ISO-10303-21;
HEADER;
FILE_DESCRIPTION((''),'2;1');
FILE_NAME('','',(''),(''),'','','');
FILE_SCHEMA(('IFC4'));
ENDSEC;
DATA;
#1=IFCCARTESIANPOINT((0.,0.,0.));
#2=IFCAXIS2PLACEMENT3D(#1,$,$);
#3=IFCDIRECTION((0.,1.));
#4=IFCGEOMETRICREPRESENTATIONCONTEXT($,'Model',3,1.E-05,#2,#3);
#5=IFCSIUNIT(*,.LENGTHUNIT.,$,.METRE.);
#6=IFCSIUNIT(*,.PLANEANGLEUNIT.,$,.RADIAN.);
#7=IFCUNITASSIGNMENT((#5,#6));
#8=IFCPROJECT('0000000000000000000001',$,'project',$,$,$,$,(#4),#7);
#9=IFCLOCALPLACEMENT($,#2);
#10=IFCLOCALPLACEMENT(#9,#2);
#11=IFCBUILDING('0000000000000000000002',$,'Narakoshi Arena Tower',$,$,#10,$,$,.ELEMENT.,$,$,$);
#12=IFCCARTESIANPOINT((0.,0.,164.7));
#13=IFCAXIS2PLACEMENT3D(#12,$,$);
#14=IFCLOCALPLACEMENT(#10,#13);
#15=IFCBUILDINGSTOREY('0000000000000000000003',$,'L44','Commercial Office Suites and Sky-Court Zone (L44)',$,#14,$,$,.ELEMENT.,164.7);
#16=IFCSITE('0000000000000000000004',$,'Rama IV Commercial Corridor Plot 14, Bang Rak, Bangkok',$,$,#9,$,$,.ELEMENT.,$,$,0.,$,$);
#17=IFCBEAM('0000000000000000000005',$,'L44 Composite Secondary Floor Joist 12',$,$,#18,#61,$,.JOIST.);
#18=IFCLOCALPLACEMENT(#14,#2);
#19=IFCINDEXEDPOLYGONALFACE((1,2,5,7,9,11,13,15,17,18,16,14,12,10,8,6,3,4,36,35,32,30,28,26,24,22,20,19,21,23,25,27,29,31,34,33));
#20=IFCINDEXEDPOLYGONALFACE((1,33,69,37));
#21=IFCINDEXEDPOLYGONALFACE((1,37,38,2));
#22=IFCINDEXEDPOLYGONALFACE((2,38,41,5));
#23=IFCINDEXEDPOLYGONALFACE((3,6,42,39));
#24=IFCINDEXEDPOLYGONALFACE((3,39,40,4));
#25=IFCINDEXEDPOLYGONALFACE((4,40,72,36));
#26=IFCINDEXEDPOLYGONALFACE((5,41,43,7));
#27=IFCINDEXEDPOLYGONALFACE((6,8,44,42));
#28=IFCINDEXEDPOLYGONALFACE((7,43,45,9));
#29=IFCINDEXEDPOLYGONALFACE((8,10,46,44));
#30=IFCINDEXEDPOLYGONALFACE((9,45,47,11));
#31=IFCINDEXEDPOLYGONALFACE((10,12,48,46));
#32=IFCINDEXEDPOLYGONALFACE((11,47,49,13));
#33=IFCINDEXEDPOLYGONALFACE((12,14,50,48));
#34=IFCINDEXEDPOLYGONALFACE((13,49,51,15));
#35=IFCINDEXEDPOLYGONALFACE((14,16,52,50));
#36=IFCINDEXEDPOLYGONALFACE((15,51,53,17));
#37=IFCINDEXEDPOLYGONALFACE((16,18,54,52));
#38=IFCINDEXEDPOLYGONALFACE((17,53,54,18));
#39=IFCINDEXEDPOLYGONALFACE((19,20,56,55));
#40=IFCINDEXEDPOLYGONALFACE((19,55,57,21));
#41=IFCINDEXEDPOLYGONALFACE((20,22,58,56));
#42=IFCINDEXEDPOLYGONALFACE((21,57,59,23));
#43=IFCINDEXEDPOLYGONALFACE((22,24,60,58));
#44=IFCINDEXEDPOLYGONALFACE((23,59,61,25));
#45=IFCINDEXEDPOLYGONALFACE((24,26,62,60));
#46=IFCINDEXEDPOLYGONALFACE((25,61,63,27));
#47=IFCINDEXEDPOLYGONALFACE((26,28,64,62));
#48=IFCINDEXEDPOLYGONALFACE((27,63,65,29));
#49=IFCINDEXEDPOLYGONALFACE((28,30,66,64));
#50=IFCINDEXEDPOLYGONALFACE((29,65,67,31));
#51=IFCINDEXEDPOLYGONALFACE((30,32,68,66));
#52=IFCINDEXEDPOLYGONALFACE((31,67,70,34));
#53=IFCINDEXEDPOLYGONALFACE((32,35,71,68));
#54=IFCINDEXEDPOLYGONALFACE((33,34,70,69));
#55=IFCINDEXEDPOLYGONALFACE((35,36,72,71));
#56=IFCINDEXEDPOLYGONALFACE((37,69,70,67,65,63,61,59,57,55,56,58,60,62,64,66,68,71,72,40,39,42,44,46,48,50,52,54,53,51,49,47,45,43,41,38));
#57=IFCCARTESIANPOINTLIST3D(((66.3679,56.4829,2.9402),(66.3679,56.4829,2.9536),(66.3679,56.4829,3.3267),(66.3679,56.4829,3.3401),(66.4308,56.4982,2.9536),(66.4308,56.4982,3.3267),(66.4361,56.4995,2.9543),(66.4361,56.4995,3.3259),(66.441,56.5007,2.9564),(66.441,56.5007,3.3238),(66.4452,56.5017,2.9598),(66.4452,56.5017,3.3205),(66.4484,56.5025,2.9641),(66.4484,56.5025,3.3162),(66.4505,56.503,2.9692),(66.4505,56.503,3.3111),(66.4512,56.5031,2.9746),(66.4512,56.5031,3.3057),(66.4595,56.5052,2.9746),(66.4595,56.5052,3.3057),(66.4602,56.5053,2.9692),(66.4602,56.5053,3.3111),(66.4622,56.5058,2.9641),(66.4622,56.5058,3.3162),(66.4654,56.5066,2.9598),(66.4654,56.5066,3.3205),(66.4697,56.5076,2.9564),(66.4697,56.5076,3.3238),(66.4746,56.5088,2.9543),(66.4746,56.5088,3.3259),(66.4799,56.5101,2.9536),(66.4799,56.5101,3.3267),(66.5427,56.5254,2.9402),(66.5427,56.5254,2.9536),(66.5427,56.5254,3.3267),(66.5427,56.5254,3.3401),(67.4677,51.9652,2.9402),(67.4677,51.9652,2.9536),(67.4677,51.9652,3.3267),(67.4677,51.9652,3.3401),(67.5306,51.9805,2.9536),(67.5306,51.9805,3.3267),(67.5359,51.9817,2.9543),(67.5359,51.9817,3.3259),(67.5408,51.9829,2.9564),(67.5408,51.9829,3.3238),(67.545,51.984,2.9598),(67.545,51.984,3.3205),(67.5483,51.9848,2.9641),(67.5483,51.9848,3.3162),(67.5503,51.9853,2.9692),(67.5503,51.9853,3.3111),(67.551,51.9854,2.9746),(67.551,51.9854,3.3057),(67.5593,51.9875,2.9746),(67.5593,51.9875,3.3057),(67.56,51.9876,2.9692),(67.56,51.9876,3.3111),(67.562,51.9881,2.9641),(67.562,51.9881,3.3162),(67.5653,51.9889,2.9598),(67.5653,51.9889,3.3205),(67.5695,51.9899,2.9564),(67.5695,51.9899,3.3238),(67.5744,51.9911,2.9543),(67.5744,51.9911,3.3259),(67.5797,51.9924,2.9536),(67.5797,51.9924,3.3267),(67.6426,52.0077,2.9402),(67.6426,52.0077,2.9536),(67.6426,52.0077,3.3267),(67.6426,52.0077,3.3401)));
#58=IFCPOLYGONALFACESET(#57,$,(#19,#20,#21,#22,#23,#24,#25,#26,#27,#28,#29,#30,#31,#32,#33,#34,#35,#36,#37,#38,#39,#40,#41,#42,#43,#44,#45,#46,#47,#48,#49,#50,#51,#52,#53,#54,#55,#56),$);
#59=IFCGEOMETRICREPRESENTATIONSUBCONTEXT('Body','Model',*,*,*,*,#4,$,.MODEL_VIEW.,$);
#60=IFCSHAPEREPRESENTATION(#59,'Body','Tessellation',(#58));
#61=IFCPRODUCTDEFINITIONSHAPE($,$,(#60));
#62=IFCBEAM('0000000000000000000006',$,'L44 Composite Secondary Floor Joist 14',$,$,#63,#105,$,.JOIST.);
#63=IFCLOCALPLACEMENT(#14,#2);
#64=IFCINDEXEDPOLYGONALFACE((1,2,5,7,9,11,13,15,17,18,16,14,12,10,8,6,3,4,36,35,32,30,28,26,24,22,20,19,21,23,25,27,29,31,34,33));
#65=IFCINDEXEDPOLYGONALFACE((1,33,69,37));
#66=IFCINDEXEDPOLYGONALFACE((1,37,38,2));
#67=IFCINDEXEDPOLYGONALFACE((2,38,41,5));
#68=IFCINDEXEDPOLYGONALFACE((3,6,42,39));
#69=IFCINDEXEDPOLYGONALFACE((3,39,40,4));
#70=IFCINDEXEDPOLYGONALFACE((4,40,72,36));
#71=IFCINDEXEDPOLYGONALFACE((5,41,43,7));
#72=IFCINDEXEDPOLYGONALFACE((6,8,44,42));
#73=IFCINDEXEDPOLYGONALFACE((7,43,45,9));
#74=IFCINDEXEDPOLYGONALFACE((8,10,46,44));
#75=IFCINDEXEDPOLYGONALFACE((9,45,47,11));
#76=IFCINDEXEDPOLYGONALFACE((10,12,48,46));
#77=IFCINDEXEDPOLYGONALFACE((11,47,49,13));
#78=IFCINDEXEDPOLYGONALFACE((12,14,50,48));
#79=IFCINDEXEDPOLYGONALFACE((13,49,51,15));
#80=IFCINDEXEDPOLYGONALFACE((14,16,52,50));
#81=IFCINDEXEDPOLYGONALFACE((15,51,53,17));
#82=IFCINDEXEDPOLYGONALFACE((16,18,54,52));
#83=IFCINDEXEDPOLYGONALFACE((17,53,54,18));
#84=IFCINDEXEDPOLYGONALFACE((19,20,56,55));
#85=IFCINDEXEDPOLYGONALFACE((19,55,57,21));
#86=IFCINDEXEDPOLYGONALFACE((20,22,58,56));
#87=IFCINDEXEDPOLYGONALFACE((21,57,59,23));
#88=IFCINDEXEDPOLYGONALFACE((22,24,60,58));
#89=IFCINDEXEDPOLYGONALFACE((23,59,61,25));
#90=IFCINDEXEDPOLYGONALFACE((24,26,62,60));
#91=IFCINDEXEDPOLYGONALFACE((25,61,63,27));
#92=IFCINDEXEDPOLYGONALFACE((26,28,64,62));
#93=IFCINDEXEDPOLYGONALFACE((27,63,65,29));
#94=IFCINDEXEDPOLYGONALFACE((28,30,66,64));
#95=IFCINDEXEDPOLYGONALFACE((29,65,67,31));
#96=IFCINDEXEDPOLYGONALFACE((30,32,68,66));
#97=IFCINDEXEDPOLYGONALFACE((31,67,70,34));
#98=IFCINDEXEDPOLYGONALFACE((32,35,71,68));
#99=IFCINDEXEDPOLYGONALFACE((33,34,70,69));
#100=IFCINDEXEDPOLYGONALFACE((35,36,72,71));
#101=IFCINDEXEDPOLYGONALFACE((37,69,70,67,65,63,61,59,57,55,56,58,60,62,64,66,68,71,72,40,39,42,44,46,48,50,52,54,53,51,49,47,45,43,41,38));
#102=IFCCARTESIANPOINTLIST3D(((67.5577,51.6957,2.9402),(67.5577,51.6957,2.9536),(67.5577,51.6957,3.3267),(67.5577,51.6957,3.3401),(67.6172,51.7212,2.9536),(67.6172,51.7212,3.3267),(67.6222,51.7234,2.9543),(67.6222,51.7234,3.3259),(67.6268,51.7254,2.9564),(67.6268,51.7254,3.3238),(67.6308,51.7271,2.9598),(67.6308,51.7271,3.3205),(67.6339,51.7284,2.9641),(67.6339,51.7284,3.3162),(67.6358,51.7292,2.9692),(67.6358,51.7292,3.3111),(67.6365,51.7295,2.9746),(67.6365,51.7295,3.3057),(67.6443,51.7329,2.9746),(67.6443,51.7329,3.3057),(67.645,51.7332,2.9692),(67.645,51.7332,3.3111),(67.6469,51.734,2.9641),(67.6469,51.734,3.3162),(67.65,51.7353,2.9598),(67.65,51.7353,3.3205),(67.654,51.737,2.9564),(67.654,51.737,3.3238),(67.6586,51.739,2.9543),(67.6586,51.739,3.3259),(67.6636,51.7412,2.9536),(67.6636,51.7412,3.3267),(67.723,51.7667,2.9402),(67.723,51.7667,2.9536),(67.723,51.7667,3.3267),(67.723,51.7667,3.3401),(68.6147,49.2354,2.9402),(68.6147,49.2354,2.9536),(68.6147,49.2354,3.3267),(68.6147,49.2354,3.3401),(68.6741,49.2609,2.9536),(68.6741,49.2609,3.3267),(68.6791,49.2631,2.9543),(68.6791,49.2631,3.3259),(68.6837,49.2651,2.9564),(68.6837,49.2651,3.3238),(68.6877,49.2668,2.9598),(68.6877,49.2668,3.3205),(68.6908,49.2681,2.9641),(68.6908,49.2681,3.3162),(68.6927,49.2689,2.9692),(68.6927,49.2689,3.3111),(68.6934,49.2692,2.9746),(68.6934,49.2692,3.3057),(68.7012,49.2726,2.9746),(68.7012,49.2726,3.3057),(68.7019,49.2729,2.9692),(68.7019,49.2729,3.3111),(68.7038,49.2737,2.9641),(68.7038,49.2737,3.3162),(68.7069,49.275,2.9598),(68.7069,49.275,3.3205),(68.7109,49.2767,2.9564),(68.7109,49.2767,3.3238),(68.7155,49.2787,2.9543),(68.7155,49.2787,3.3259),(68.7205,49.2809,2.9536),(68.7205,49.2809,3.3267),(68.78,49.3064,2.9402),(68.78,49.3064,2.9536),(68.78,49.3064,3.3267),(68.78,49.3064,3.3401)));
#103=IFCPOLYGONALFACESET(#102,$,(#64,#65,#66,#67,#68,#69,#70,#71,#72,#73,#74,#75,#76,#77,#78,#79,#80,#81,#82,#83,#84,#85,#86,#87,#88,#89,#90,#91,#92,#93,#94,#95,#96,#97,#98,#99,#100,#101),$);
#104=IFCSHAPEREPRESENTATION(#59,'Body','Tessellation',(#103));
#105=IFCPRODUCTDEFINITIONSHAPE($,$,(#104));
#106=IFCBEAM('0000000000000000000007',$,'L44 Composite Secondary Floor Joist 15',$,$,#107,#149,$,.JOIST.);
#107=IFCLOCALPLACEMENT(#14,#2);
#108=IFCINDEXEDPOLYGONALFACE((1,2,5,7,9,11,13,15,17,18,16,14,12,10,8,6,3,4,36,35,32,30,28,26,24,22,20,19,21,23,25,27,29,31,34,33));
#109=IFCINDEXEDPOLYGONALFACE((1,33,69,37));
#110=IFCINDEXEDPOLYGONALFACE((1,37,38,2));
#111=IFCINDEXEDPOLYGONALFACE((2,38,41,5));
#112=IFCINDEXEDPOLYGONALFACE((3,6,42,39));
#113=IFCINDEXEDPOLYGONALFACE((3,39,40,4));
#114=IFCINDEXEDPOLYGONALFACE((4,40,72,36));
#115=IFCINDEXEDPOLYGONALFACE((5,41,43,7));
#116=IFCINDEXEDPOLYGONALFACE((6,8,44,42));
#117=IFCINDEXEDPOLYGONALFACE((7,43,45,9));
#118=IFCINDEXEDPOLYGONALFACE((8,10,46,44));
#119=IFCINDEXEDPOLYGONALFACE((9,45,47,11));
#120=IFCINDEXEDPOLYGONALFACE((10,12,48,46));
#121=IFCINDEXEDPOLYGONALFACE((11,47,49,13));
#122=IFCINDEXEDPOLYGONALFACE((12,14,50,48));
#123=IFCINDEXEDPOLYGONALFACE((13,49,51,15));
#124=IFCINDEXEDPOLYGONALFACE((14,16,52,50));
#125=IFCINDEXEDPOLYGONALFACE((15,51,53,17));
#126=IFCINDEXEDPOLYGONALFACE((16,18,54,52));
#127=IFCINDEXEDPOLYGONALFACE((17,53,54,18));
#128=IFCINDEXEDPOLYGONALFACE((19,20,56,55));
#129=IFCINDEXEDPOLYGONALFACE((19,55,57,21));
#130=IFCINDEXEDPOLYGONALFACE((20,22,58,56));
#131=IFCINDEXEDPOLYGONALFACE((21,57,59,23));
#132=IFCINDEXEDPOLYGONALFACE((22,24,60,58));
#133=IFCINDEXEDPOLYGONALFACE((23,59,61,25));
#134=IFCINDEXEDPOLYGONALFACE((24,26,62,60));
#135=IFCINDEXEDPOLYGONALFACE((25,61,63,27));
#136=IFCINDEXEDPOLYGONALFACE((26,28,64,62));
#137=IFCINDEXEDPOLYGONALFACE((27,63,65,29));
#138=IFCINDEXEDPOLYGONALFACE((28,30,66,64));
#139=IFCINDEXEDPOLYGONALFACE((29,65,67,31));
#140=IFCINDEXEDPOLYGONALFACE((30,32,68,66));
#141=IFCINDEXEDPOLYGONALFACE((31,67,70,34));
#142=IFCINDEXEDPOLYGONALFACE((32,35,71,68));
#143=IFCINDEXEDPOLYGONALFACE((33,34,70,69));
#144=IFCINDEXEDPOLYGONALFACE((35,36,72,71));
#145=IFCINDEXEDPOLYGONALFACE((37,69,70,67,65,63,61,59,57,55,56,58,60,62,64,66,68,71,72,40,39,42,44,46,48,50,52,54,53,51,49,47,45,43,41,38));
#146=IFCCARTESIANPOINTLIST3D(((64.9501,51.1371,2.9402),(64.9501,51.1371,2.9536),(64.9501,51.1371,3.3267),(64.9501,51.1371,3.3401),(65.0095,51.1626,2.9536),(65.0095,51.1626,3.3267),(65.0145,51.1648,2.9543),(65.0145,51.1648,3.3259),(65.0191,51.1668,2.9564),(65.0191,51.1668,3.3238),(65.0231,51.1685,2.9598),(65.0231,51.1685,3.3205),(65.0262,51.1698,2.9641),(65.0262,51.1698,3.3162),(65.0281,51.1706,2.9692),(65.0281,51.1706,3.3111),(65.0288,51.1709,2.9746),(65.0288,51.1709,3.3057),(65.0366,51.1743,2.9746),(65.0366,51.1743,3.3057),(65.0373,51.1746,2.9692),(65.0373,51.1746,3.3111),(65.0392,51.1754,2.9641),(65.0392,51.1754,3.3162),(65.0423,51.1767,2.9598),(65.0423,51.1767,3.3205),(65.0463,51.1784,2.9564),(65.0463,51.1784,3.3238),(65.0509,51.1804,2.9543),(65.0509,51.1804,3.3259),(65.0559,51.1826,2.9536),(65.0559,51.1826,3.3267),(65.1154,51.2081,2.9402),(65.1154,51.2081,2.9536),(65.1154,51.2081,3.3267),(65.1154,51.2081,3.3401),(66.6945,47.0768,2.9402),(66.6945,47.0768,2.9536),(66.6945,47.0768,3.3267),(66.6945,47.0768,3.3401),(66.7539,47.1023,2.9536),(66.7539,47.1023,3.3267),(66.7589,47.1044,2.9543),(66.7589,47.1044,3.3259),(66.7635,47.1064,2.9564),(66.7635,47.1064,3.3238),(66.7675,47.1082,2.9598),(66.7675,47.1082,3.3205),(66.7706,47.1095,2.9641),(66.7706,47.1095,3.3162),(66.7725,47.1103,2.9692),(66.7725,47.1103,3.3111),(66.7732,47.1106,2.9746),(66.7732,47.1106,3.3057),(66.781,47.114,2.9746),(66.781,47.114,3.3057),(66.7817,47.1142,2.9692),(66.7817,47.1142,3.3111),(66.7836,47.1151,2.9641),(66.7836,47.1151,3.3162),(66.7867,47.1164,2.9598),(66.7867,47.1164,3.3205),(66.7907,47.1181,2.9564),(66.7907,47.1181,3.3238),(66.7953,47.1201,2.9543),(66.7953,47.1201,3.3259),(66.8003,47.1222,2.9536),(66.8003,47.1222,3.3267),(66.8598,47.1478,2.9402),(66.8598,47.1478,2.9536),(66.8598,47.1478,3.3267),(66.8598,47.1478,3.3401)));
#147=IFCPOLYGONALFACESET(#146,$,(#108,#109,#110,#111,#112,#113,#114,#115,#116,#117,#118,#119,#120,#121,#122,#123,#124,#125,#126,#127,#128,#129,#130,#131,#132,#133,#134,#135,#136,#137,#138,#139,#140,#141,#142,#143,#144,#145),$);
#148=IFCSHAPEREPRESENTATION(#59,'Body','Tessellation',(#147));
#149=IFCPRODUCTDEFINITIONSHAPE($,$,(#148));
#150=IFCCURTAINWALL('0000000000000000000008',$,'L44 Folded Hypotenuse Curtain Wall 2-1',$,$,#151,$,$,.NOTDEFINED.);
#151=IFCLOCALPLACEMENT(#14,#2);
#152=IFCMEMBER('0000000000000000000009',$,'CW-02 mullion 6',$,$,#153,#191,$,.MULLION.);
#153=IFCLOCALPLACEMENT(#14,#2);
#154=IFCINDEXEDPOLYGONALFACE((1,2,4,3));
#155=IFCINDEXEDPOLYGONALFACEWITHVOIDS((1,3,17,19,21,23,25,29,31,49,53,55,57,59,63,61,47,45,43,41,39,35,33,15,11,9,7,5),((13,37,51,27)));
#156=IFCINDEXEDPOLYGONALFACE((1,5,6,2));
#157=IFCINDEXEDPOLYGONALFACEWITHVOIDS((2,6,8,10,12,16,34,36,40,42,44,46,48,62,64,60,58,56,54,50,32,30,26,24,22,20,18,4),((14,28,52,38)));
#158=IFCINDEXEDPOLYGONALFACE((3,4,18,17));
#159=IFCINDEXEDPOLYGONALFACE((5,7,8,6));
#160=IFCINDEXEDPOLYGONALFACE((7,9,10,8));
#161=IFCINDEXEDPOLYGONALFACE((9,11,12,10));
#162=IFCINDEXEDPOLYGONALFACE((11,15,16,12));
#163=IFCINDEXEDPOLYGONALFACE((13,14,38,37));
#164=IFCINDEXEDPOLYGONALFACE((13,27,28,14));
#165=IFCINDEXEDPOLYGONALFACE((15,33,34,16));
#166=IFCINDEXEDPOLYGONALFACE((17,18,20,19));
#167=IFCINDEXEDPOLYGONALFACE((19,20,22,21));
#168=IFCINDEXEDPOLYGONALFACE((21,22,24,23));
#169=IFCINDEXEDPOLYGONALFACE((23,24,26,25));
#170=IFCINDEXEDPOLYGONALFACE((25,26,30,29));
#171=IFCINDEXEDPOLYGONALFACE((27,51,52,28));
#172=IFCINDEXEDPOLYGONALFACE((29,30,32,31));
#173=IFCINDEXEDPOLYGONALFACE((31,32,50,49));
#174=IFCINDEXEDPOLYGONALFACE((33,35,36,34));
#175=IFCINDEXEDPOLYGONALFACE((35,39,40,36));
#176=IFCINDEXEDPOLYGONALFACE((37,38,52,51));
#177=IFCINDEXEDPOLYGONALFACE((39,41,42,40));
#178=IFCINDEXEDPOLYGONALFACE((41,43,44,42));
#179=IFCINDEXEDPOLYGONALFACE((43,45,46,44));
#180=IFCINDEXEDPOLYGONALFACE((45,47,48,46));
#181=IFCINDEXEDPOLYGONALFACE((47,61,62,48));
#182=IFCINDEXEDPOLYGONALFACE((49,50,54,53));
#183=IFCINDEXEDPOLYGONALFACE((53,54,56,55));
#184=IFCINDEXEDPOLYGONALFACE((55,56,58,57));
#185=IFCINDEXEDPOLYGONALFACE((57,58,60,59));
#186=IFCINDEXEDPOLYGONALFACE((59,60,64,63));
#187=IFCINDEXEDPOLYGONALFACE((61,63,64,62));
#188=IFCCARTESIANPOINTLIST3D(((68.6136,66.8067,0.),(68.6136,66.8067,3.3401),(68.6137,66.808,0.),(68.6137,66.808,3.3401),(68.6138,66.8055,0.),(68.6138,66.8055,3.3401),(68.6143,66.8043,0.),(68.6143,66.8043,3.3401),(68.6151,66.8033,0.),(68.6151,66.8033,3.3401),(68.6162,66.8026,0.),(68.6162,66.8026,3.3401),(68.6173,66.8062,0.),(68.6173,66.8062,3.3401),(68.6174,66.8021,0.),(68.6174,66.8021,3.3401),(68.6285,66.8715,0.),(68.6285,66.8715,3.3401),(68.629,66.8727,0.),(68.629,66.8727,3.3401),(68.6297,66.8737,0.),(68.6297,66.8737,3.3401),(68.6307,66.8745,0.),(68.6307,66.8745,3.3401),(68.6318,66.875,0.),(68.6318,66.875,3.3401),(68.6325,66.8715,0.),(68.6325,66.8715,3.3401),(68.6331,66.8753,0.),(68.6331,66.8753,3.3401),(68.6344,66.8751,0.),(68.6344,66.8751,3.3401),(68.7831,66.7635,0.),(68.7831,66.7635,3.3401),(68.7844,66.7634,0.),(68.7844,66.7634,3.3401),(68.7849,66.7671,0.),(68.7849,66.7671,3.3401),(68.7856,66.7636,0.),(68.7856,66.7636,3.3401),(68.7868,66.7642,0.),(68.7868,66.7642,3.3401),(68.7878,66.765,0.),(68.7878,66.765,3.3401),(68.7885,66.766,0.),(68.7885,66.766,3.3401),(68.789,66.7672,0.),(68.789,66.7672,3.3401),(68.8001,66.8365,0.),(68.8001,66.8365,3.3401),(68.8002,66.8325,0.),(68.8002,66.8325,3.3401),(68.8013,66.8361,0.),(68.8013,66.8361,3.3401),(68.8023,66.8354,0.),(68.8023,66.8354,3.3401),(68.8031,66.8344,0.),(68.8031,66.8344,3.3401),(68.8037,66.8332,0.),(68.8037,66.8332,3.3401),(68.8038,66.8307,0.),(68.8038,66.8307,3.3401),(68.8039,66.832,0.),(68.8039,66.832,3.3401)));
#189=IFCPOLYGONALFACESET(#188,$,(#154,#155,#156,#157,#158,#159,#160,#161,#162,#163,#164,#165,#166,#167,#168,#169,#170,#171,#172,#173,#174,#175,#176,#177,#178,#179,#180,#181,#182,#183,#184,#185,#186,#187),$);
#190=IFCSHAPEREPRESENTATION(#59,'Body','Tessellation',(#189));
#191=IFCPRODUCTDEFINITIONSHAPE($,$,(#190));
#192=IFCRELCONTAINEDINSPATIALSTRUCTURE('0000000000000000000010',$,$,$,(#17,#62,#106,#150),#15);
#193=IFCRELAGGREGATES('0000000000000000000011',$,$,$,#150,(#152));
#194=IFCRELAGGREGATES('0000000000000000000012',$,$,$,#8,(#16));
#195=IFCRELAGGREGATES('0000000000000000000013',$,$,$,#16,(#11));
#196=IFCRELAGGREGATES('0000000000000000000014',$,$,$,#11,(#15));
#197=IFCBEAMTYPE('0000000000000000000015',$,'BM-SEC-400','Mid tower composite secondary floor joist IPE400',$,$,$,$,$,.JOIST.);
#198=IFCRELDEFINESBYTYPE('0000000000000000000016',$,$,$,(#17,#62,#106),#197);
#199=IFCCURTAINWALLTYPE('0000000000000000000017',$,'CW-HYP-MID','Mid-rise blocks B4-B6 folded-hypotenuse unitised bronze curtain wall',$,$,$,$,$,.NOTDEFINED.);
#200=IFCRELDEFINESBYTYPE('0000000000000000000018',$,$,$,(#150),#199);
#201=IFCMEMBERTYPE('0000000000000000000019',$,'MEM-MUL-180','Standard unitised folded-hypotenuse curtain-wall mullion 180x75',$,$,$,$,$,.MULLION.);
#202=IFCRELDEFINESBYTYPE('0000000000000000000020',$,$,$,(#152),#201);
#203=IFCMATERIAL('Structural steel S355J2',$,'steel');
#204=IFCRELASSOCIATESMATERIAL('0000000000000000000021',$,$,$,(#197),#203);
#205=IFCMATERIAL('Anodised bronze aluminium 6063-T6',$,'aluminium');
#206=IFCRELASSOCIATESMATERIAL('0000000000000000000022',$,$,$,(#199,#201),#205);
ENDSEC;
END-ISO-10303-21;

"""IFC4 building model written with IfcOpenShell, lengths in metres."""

from ifc_helpers import new_model, si_unit, direction, frame, origin, origin_2d, place, context, subcontext, project, spatial, hollow_rectangle, i_section, extrude, material, material_profile, profile_set, type_object, element, aggregate, save


model = new_model("IFC4")

# Units and contexts
model_context = context("Model", 3, precision=1e-05, world=origin(), true_north=direction((0.0, 1.0)))
body_context = subcontext(model_context, "Body", "Model", "MODEL_VIEW")
ifc_project = project(units=[si_unit("LENGTHUNIT", "METRE"), si_unit("PLANEANGLEUNIT", "RADIAN")], contexts=[model_context])

# Site, building, storey
site_placement = place(None, origin())
site = spatial("IfcSite", under=ifc_project, at=site_placement, Name="Rama IV Commercial Corridor Plot 14, Bang Rak, Bangkok", CompositionType="ELEMENT", RefElevation=0.0)
building_placement = place(site_placement, origin())
building = spatial("IfcBuilding", under=site, at=building_placement, Name="Narakoshi Arena Tower", CompositionType="ELEMENT")
storey_placement = place(building_placement, frame((0.0, 0.0, 164.7)))
storey = spatial("IfcBuildingStorey", under=building, at=storey_placement, Name="L44", Description="Commercial Office Suites and Sky-Court Zone (L44)", CompositionType="ELEMENT", Elevation=164.7)

# Beams
ifc_material_1 = material(Name="Structural steel S355J2", Category="steel")
ifc_material_profile_1 = material_profile(ifc_material_1, i_section(OverallWidth=0.1799, OverallDepth=0.3999, WebThickness=0.0085, FlangeThickness=0.0134, FilletRadius=0.021, at=origin_2d()), Name="IPE400")
ifc_profile_set_1 = profile_set([ifc_material_profile_1], Name="Structural steel S355J2")
beam_type_1 = type_object("IfcBeamType", Name="BM-SEC-400", Description="Mid tower composite secondary floor joist IPE400", PredefinedType="JOIST", material=ifc_profile_set_1)
beam_1_placement = place(storey_placement, frame((66.4553, 56.5042, 3.1401), z_axis=(0.236539, -0.971622, 0.0), x_axis=(0.971622, 0.236539, 0.0)))
element("IfcBeam", 1, at=beam_1_placement, inside=storey, type_object=beam_type_1, Name="L44 Composite Secondary Floor Joist 12", PredefinedType="JOIST", context=body_context, shape_type="SweptSolid", body=[
    extrude(i_section(OverallWidth=0.1799, OverallDepth=0.3999, WebThickness=0.0085, FlangeThickness=0.0134, FilletRadius=0.021, at=origin_2d()), origin(), (0.0, 0.0, 1.0), 4.6497),
])
beam_2_placement = place(storey_placement, frame((67.6404, 51.7312, 3.1401), z_axis=(0.394711, -0.918805, 0.0), x_axis=(0.918805, 0.394711, 0.0)))
element("IfcBeam", 2, at=beam_2_placement, inside=storey, type_object=beam_type_1, Name="L44 Composite Secondary Floor Joist 14", PredefinedType="JOIST", context=body_context, shape_type="SweptSolid", body=[
    extrude(i_section(OverallWidth=0.1799, OverallDepth=0.3999, WebThickness=0.0085, FlangeThickness=0.0134, FilletRadius=0.021, at=origin_2d()), origin(), (0.0, 0.0, 1.0), 2.6777),
])
beam_3_placement = place(storey_placement, frame((65.0327, 51.1726, 3.1401), z_axis=(0.394733, -0.918796, 0.0), x_axis=(0.918796, 0.394733, 0.0)))
element("IfcBeam", 3, at=beam_3_placement, inside=storey, type_object=beam_type_1, Name="L44 Composite Secondary Floor Joist 15", PredefinedType="JOIST", context=body_context, shape_type="SweptSolid", body=[
    extrude(i_section(OverallWidth=0.1799, OverallDepth=0.3999, WebThickness=0.0085, FlangeThickness=0.0134, FilletRadius=0.021, at=origin_2d()), origin(), (0.0, 0.0, 1.0), 4.4192),
])

# Curtain wall, member
ifc_material_2 = material(Name="Anodised bronze aluminium 6063-T6", Category="aluminium")
curtain_wall_type = type_object("IfcCurtainWallType", Name="CW-HYP-MID", Description="Mid-rise blocks B4-B6 folded-hypotenuse unitised bronze curtain wall", PredefinedType="NOTDEFINED", material=ifc_material_2)
curtain_wall_placement = place(storey_placement, origin())
curtain_wall = element("IfcCurtainWall", 4, at=curtain_wall_placement, inside=storey, type_object=curtain_wall_type, Name="L44 Folded Hypotenuse Curtain Wall 2-1", PredefinedType="NOTDEFINED")
ifc_material_profile_2 = material_profile(ifc_material_2, hollow_rectangle(XDim=0.075, YDim=0.1799, WallThickness=0.0039, OuterFilletRadius=0.0049, at=origin_2d()), Name="MUL180x75x4")
ifc_profile_set_2 = profile_set([ifc_material_profile_2], Name="Anodised bronze aluminium 6063-T6")
member_type_1 = type_object("IfcMemberType", Name="MEM-MUL-180", Description="Standard unitised folded-hypotenuse curtain-wall mullion 180x75", PredefinedType="MULLION", material=ifc_profile_set_2)
member_1_placement = place(storey_placement, frame((68.7087, 66.8193, 0.0), z_axis=(0.0, 0.0, 1.0), x_axis=(-0.226721, -0.97396, 0.0)))
member_1 = element("IfcMember", 5, at=member_1_placement, type_object=member_type_1, Name="CW-02 mullion 6", PredefinedType="MULLION", context=body_context, shape_type="SweptSolid", body=[
    extrude(hollow_rectangle(XDim=0.075, YDim=0.1799, WallThickness=0.0039, OuterFilletRadius=0.0049, at=origin_2d()), origin(), (0.0, 0.0, 1.0), 3.3401),
])
aggregate(curtain_wall, [member_1])

save(model, "model.ifc")
